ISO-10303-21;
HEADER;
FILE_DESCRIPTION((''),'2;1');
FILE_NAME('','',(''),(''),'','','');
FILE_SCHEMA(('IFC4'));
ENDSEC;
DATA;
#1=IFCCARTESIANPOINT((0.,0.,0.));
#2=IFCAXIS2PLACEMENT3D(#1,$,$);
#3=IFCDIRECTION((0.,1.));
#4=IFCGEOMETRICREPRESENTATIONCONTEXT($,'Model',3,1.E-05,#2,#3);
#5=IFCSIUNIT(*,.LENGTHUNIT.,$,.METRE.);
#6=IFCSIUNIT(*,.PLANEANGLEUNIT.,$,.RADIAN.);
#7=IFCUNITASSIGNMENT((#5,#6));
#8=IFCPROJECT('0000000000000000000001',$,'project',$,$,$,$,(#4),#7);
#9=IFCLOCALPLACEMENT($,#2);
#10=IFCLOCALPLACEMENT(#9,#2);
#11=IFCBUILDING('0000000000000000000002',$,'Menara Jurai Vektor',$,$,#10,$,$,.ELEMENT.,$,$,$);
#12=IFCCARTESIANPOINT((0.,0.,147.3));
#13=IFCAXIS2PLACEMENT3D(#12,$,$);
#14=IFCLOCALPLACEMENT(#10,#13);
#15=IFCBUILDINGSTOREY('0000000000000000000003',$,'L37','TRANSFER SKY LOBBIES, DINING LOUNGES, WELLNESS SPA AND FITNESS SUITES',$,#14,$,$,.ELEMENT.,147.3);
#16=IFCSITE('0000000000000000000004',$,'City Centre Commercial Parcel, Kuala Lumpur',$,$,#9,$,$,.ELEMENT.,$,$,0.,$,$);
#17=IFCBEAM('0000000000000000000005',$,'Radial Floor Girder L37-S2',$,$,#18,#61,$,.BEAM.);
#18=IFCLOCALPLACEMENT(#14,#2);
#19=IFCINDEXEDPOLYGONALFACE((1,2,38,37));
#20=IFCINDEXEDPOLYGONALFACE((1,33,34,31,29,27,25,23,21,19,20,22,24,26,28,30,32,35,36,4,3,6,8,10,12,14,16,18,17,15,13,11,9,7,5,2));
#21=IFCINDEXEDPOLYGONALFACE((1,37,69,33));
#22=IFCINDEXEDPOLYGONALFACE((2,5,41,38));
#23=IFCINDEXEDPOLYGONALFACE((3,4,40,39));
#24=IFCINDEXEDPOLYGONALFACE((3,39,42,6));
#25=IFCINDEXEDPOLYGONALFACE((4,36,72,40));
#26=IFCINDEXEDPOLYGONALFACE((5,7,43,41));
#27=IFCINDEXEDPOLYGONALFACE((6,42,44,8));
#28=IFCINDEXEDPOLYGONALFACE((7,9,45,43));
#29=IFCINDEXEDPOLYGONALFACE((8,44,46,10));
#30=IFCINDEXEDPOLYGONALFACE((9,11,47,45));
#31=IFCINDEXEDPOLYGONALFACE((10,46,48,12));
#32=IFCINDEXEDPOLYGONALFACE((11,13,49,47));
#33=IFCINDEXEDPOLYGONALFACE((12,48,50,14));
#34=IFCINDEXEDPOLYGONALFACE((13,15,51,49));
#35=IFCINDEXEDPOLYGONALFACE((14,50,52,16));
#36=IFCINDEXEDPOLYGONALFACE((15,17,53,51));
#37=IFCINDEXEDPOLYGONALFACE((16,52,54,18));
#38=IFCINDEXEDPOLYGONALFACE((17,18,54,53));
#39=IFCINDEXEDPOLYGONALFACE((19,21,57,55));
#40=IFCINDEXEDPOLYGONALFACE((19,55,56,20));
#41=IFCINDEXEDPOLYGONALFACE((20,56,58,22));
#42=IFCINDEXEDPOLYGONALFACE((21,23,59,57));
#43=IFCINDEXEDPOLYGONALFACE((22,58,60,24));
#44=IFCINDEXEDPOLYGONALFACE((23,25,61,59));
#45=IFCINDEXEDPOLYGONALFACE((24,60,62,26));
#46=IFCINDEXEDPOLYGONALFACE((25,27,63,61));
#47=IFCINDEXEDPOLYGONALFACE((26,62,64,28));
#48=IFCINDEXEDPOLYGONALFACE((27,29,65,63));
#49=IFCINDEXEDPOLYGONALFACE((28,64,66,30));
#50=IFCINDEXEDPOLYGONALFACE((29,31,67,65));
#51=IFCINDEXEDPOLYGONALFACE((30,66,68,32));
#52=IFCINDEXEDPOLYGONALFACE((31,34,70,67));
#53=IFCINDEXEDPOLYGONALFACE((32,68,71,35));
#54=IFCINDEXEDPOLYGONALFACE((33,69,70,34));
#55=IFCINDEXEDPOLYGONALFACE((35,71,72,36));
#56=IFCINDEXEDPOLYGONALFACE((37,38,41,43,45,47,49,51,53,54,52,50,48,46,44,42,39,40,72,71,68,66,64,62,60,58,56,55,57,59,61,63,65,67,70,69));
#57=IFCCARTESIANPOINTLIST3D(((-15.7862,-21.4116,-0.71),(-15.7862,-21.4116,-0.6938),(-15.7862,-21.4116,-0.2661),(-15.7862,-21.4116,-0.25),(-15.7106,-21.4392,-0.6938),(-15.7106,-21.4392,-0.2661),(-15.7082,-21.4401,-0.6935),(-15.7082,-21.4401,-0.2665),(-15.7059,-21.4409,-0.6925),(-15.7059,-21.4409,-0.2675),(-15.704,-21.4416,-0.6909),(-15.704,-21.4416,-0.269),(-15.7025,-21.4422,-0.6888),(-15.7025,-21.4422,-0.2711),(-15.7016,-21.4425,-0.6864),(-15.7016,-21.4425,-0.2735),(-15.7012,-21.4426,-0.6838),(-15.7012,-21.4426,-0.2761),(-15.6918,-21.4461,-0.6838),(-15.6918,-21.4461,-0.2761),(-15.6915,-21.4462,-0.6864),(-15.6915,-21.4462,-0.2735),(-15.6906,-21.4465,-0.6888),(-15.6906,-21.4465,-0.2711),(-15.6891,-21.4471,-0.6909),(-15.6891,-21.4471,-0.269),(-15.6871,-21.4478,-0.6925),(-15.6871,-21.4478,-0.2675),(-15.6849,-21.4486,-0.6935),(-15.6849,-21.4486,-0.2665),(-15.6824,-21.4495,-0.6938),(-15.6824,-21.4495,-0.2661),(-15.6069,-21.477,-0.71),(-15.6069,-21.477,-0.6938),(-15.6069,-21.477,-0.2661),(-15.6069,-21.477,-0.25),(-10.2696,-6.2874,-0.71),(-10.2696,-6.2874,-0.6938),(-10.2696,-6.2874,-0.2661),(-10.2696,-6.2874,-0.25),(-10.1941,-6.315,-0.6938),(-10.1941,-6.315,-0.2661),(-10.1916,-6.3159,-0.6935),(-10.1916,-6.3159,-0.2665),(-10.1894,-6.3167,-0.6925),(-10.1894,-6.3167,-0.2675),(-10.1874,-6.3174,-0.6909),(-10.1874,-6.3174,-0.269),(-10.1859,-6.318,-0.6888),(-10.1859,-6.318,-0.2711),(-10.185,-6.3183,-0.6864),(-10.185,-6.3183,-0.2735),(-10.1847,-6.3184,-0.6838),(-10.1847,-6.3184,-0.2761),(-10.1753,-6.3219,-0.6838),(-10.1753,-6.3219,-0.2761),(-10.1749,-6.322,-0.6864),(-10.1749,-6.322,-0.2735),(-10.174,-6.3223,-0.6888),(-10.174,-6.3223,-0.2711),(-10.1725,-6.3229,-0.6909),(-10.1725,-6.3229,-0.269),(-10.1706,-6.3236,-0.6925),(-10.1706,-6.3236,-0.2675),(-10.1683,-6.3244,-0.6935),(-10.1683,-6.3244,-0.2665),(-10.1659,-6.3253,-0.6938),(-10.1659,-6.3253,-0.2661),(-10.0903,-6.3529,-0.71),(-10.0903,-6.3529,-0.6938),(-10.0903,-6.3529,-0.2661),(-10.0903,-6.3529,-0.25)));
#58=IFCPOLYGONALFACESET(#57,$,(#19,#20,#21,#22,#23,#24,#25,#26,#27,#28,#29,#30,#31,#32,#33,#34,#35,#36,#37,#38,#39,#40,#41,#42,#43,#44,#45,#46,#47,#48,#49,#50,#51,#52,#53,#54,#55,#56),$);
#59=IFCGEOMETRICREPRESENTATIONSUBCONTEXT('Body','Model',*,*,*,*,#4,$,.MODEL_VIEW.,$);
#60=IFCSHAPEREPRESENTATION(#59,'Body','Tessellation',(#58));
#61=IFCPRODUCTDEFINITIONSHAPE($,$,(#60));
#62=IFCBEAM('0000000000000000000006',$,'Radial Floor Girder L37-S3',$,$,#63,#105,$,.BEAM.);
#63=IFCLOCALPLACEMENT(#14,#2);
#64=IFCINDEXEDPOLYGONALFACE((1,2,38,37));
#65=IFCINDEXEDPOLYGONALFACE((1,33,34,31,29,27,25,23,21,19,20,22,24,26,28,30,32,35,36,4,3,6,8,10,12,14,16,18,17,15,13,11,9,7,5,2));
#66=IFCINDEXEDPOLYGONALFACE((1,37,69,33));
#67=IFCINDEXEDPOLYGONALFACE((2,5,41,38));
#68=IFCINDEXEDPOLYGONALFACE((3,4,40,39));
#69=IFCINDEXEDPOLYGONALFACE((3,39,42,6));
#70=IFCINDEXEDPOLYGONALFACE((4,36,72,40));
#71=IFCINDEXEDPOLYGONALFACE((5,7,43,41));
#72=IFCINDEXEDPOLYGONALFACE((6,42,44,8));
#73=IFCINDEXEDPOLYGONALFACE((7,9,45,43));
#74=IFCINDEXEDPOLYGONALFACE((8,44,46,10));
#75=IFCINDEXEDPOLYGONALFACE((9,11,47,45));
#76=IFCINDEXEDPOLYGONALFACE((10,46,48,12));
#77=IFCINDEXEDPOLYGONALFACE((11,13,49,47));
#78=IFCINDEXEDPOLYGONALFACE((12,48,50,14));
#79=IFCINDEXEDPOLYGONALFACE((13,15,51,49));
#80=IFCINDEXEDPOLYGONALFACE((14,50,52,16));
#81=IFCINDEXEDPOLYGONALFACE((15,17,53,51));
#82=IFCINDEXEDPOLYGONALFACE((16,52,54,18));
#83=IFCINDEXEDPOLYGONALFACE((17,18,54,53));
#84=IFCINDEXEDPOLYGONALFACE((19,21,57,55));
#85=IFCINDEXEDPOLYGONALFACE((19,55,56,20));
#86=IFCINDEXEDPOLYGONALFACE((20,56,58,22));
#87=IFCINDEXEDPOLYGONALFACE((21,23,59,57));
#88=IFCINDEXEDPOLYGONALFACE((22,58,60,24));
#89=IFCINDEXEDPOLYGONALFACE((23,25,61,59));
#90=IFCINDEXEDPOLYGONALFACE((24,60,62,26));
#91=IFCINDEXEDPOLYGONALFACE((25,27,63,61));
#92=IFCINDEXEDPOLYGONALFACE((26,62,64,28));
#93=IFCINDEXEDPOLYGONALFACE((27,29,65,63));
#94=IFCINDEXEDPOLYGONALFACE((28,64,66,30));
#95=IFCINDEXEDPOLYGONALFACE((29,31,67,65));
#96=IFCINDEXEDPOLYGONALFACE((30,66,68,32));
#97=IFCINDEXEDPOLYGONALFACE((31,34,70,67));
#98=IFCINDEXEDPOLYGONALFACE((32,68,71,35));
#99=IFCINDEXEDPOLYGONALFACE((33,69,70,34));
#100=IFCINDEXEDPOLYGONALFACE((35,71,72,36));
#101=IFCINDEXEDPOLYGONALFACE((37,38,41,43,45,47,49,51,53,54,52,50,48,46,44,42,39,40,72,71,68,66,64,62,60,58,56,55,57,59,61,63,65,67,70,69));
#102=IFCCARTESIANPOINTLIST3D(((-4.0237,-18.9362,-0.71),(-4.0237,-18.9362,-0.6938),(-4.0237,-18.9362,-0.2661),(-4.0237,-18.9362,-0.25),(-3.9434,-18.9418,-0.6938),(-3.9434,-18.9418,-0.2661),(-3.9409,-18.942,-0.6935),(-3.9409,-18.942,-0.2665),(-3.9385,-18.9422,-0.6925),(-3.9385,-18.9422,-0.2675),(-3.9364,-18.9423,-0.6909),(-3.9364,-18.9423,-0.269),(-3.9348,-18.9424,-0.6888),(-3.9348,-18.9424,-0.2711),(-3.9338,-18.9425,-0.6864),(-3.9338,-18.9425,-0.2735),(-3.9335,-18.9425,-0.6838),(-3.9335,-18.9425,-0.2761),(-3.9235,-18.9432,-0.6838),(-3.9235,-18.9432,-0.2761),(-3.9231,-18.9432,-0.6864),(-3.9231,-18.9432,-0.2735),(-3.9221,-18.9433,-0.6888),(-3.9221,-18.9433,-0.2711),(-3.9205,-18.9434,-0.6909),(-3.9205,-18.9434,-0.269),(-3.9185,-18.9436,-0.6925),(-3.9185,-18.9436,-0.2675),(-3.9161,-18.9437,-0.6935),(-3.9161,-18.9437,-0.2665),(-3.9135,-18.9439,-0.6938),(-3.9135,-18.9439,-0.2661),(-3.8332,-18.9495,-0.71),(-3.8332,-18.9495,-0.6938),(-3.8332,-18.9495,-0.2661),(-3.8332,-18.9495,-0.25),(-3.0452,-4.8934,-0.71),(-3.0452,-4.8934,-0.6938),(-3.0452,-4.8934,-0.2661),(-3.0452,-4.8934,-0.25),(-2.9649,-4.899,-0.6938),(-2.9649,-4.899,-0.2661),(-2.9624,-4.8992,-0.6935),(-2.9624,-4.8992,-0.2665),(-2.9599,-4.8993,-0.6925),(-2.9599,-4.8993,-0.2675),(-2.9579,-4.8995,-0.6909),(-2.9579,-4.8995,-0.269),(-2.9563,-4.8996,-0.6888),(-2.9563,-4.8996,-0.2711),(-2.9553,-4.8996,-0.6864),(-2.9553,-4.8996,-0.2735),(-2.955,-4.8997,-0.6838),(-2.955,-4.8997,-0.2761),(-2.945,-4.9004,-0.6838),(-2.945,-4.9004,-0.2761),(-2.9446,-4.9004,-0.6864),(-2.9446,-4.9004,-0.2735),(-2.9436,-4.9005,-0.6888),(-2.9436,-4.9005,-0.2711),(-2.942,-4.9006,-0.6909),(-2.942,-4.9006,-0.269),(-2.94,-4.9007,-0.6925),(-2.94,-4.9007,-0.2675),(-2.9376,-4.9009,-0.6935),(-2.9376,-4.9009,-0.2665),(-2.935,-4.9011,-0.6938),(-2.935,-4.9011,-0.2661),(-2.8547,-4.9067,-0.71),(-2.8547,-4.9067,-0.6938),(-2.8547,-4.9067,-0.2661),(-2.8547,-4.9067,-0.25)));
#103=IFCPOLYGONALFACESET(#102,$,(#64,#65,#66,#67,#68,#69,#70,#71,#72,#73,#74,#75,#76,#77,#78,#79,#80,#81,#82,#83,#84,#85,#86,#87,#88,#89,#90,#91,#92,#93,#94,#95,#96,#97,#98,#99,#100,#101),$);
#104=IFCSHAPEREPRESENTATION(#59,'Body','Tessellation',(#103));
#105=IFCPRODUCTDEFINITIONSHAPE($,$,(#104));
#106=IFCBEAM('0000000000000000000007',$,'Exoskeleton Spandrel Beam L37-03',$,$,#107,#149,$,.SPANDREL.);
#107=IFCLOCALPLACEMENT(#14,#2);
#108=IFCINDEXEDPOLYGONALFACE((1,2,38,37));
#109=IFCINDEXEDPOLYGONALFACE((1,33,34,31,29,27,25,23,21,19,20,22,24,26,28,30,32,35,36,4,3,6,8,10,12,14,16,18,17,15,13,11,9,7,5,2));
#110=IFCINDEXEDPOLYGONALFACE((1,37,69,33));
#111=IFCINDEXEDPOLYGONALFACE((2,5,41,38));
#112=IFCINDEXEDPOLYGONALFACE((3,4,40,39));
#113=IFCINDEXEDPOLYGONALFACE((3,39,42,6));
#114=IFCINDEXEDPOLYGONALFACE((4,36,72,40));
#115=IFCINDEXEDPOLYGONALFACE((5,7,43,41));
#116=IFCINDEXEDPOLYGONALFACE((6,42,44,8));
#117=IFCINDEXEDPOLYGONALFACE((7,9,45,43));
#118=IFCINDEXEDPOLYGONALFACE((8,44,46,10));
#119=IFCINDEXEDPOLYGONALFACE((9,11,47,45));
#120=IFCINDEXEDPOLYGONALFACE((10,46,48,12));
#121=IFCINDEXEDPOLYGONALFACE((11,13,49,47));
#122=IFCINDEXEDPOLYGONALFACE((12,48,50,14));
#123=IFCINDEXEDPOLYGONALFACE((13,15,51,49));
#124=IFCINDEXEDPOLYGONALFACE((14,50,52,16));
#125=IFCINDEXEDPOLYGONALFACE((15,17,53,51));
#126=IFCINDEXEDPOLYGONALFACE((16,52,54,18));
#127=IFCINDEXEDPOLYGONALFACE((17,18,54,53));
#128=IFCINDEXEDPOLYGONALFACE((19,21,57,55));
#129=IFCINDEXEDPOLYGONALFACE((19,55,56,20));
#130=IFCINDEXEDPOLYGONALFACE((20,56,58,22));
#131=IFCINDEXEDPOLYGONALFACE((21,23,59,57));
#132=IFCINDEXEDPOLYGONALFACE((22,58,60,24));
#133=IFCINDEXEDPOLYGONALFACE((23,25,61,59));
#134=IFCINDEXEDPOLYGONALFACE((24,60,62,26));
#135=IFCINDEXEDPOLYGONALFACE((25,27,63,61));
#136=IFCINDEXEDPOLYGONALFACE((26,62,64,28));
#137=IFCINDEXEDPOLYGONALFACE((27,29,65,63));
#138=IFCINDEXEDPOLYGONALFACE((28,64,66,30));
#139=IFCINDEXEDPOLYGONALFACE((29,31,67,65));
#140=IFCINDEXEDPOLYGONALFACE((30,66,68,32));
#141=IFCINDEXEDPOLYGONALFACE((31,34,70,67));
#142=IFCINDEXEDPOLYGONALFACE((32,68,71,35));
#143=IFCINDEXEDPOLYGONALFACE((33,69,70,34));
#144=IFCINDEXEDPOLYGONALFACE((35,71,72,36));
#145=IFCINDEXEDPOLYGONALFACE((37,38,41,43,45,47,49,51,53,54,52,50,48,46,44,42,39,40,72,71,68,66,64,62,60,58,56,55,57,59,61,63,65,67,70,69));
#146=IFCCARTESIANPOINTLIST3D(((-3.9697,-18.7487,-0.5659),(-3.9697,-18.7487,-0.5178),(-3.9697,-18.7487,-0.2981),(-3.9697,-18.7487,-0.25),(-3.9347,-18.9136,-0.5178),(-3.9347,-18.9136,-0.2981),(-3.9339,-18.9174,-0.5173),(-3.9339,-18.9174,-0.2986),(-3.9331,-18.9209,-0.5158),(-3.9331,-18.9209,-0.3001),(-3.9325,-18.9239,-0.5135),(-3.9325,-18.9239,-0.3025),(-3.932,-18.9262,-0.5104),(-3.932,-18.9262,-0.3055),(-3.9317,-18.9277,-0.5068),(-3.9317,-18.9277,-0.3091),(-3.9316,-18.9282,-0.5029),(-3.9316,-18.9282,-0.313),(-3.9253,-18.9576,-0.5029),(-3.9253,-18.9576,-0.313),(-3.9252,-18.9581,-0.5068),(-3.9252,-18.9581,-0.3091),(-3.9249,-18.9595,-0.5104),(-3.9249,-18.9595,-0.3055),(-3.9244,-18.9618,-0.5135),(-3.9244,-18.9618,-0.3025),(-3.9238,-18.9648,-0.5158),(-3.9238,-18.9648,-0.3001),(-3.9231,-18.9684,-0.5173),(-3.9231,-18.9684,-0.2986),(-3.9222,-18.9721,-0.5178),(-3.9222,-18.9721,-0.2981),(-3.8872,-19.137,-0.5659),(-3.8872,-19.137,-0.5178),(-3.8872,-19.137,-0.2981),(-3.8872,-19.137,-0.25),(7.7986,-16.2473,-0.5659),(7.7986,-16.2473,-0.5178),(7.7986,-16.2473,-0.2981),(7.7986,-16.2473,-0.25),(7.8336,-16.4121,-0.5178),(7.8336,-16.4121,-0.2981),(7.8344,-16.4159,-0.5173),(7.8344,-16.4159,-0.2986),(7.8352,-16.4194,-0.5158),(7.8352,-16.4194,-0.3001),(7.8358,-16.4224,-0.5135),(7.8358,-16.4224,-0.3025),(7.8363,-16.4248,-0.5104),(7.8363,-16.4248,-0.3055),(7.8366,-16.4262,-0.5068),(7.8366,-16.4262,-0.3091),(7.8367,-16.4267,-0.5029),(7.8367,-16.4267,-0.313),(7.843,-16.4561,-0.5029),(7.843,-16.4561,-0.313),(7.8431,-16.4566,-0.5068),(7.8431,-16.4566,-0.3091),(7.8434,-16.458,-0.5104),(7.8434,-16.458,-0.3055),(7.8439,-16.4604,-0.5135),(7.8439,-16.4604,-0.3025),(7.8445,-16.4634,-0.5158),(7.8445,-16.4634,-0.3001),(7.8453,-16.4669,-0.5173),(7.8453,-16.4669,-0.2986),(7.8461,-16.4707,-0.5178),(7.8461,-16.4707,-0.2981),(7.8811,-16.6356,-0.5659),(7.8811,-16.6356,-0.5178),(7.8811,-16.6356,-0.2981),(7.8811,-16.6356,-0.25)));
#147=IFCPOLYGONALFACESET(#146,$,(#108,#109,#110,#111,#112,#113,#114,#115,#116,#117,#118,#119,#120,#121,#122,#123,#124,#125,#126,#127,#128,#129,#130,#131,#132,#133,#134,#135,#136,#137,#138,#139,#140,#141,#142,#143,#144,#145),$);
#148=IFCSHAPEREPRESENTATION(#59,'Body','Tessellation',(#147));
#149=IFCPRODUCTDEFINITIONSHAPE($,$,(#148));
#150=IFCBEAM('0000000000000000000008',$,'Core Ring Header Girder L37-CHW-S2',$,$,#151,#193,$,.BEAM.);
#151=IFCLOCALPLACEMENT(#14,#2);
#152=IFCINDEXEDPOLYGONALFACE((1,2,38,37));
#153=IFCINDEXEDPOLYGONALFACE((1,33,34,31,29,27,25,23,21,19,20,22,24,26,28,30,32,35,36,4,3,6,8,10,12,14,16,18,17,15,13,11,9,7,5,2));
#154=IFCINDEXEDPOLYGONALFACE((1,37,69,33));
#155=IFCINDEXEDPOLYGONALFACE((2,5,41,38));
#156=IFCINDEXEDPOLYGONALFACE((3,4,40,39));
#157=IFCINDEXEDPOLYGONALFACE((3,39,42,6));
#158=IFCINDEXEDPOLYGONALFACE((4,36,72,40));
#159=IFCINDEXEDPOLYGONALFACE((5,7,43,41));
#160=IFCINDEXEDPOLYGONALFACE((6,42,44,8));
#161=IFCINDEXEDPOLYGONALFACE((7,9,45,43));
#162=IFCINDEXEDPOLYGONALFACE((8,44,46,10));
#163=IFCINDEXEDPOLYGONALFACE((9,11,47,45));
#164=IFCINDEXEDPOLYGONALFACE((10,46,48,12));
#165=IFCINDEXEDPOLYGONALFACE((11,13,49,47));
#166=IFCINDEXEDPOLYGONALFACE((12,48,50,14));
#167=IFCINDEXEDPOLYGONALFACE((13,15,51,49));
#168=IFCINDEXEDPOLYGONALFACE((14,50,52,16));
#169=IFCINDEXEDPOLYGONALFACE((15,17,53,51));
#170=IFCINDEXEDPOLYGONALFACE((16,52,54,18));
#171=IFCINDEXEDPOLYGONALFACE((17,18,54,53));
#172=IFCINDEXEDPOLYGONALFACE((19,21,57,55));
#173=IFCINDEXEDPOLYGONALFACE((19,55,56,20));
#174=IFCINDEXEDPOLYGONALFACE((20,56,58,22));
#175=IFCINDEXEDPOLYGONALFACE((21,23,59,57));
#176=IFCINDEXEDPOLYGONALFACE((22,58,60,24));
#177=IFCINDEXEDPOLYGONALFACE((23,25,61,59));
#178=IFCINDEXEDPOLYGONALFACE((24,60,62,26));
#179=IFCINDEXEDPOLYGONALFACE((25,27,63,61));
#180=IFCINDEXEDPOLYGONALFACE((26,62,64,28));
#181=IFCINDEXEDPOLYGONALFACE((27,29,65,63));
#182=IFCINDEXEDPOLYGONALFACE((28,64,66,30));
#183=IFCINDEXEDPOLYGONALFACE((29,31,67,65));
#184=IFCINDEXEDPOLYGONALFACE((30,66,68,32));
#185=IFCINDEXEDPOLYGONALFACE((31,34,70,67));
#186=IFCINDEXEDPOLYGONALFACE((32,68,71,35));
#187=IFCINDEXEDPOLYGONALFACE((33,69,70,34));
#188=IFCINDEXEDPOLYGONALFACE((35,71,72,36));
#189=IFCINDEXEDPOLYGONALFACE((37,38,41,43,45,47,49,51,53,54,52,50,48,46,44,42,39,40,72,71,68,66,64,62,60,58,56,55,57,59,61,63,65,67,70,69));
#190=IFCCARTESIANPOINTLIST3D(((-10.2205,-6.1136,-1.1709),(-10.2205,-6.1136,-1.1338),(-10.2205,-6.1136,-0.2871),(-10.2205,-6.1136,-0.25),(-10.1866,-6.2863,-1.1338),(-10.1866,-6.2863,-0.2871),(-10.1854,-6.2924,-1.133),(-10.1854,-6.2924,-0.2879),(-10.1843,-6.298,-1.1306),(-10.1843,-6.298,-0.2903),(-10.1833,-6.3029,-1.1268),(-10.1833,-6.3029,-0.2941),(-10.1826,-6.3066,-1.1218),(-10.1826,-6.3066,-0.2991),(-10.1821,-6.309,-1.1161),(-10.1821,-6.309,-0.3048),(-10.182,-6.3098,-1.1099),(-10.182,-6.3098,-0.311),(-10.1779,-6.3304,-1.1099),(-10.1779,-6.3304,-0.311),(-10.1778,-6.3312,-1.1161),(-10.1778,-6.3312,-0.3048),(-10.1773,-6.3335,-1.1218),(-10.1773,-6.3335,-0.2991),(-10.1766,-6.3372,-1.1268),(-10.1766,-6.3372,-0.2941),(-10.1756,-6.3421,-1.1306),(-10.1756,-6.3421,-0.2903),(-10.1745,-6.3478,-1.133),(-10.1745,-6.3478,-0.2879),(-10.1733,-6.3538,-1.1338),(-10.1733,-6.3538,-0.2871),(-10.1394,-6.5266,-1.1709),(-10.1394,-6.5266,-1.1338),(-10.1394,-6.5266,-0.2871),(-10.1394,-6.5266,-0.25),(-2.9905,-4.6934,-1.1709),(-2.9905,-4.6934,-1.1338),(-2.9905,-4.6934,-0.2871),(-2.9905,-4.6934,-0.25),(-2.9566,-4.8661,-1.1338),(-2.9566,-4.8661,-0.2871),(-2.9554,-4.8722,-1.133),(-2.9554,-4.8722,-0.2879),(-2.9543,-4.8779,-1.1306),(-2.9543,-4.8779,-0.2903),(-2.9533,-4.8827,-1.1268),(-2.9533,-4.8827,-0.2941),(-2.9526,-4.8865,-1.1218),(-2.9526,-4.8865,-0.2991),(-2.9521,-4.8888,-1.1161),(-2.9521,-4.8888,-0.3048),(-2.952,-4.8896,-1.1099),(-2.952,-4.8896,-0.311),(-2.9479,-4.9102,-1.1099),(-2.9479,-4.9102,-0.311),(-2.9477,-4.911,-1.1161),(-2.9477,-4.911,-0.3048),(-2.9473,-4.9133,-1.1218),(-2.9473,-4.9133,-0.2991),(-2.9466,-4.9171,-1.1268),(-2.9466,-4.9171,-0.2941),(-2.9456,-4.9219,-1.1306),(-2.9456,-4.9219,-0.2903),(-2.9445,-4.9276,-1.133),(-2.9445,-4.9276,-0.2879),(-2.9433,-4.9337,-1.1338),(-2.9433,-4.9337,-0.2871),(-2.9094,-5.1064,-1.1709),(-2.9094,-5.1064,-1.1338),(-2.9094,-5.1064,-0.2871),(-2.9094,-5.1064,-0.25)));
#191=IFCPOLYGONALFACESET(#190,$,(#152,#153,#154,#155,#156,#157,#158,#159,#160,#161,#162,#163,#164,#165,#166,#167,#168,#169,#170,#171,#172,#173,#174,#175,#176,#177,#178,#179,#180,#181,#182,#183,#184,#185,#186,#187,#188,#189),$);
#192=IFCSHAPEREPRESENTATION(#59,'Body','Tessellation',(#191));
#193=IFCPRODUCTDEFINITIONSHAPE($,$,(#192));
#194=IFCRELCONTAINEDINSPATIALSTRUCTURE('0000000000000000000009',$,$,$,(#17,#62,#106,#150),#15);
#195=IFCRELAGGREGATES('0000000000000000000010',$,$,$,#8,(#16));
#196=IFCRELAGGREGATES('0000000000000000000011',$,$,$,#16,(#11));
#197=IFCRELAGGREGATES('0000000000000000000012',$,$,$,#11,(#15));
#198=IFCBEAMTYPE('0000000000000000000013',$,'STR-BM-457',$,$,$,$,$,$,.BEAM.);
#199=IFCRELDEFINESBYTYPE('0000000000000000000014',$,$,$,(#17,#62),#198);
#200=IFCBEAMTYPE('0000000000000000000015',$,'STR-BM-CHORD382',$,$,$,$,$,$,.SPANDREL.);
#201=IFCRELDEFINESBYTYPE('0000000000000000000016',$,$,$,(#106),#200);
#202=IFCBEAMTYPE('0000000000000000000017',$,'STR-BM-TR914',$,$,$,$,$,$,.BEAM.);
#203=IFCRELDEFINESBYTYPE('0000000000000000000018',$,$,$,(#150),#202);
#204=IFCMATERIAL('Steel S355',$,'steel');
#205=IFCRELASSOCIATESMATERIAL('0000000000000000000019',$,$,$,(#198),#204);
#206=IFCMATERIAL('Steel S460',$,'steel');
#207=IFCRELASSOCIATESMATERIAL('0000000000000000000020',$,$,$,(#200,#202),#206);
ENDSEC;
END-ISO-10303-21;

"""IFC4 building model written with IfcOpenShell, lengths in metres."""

from ifc_helpers import new_model, si_unit, direction, frame, origin, origin_2d, place, context, subcontext, project, spatial, i_section, extrude, material, material_profile, profile_set, type_object, element, save


model = new_model("IFC4")

# Units and contexts
model_context = context("Model", 3, precision=1e-05, world=origin(), true_north=direction((0.0, 1.0)))
body_context = subcontext(model_context, "Body", "Model", "MODEL_VIEW")
ifc_project = project(units=[si_unit("LENGTHUNIT", "METRE"), si_unit("PLANEANGLEUNIT", "RADIAN")], contexts=[model_context])

# Site, building, storey
site_placement = place(None, origin())
site = spatial("IfcSite", under=ifc_project, at=site_placement, Name="City Centre Commercial Parcel, Kuala Lumpur", CompositionType="ELEMENT", RefElevation=0.0)
building_placement = place(site_placement, origin())
building = spatial("IfcBuilding", under=site, at=building_placement, Name="Menara Jurai Vektor", CompositionType="ELEMENT")
storey_placement = place(building_placement, frame((0.0, 0.0, 147.3)))
storey = spatial("IfcBuildingStorey", under=building, at=storey_placement, Name="L37", Description="TRANSFER SKY LOBBIES, DINING LOUNGES, WELLNESS SPA AND FITNESS SUITES", CompositionType="ELEMENT", Elevation=147.3)

# Shared definitions
ifc_material_1 = material(Name="Steel S460", Category="steel")

# Beams
ifc_material_2 = material(Name="Steel S355", Category="steel")
ifc_material_profile_1 = material_profile(ifc_material_2, i_section(OverallWidth=0.1909, OverallDepth=0.46, WebThickness=0.01, FlangeThickness=0.0161, FilletRadius=0.01, at=origin_2d()), Name="UKB 457x191x82")
ifc_profile_set_1 = profile_set([ifc_material_profile_1], Name="Steel S355")
beam_type_1 = type_object("IfcBeamType", Name="STR-BM-457", PredefinedType="BEAM", material=ifc_profile_set_1)
beam_1_placement = place(storey_placement, frame((-15.6965, -21.4443, -0.48), z_axis=(0.342668, 0.939456, 0.0), x_axis=(-0.939456, 0.342668, 0.0)))
element("IfcBeam", 1, at=beam_1_placement, inside=storey, type_object=beam_type_1, Name="Radial Floor Girder L37-S2", PredefinedType="BEAM", context=body_context, shape_type="SweptSolid", body=[
    extrude(i_section(OverallWidth=0.1909, OverallDepth=0.46, WebThickness=0.01, FlangeThickness=0.0161, FilletRadius=0.01, at=origin_2d()), origin(), (0.0, 0.0, 1.0), 16.0989),
])
beam_2_placement = place(storey_placement, frame((-3.9285, -18.9429, -0.48), z_axis=(0.069512, 0.997581, 0.0), x_axis=(-0.997581, 0.069512, 0.0)))
element("IfcBeam", 2, at=beam_2_placement, inside=storey, type_object=beam_type_1, Name="Radial Floor Girder L37-S3", PredefinedType="BEAM", context=body_context, shape_type="SweptSolid", body=[
    extrude(i_section(OverallWidth=0.1909, OverallDepth=0.46, WebThickness=0.01, FlangeThickness=0.0161, FilletRadius=0.01, at=origin_2d()), origin(), (0.0, 0.0, 1.0), 14.0769),
])
ifc_material_profile_2 = material_profile(ifc_material_1, i_section(OverallWidth=0.397, OverallDepth=0.3159, WebThickness=0.03, FlangeThickness=0.0481, FilletRadius=0.0149, at=origin_2d()), Name="HD 400x382")
ifc_profile_set_2 = profile_set([ifc_material_profile_2], Name="Steel S460")
beam_type_2 = type_object("IfcBeamType", Name="STR-BM-CHORD382", PredefinedType="SPANDREL", material=ifc_profile_set_2)
beam_3_placement = place(storey_placement, frame((-3.9285, -18.9429, -0.408), z_axis=(0.978147, 0.207914, 0.0), x_axis=(-0.207914, 0.978147, 0.0)))
element("IfcBeam", 3, at=beam_3_placement, inside=storey, type_object=beam_type_2, Name="Exoskeleton Spandrel Beam L37-03", PredefinedType="SPANDREL", context=body_context, shape_type="SweptSolid", body=[
    extrude(i_section(OverallWidth=0.397, OverallDepth=0.3159, WebThickness=0.03, FlangeThickness=0.0481, FilletRadius=0.0149, at=origin_2d()), origin(), (0.0, 0.0, 1.0), 12.0312),
])
ifc_material_profile_3 = material_profile(ifc_material_1, i_section(OverallWidth=0.4209, OverallDepth=0.9209, WebThickness=0.021, FlangeThickness=0.0371, FilletRadius=0.0239, at=origin_2d()), Name="UKB 914x419x388")
ifc_profile_set_3 = profile_set([ifc_material_profile_3], Name="Steel S460")
beam_type_3 = type_object("IfcBeamType", Name="STR-BM-TR914", PredefinedType="BEAM", material=ifc_profile_set_3)
beam_4_placement = place(storey_placement, frame((-10.1799, -6.3201, -0.7104), z_axis=(0.981249, 0.192744, 0.0), x_axis=(-0.192744, 0.981249, 0.0)))
element("IfcBeam", 4, at=beam_4_placement, inside=storey, type_object=beam_type_3, Name="Core Ring Header Girder L37-CHW-S2", PredefinedType="BEAM", context=body_context, shape_type="SweptSolid", body=[
    extrude(i_section(OverallWidth=0.4209, OverallDepth=0.9209, WebThickness=0.021, FlangeThickness=0.0371, FilletRadius=0.0239, at=origin_2d()), origin(), (0.0, 0.0, 1.0), 7.3682),
])

save(model, "model.ifc")
